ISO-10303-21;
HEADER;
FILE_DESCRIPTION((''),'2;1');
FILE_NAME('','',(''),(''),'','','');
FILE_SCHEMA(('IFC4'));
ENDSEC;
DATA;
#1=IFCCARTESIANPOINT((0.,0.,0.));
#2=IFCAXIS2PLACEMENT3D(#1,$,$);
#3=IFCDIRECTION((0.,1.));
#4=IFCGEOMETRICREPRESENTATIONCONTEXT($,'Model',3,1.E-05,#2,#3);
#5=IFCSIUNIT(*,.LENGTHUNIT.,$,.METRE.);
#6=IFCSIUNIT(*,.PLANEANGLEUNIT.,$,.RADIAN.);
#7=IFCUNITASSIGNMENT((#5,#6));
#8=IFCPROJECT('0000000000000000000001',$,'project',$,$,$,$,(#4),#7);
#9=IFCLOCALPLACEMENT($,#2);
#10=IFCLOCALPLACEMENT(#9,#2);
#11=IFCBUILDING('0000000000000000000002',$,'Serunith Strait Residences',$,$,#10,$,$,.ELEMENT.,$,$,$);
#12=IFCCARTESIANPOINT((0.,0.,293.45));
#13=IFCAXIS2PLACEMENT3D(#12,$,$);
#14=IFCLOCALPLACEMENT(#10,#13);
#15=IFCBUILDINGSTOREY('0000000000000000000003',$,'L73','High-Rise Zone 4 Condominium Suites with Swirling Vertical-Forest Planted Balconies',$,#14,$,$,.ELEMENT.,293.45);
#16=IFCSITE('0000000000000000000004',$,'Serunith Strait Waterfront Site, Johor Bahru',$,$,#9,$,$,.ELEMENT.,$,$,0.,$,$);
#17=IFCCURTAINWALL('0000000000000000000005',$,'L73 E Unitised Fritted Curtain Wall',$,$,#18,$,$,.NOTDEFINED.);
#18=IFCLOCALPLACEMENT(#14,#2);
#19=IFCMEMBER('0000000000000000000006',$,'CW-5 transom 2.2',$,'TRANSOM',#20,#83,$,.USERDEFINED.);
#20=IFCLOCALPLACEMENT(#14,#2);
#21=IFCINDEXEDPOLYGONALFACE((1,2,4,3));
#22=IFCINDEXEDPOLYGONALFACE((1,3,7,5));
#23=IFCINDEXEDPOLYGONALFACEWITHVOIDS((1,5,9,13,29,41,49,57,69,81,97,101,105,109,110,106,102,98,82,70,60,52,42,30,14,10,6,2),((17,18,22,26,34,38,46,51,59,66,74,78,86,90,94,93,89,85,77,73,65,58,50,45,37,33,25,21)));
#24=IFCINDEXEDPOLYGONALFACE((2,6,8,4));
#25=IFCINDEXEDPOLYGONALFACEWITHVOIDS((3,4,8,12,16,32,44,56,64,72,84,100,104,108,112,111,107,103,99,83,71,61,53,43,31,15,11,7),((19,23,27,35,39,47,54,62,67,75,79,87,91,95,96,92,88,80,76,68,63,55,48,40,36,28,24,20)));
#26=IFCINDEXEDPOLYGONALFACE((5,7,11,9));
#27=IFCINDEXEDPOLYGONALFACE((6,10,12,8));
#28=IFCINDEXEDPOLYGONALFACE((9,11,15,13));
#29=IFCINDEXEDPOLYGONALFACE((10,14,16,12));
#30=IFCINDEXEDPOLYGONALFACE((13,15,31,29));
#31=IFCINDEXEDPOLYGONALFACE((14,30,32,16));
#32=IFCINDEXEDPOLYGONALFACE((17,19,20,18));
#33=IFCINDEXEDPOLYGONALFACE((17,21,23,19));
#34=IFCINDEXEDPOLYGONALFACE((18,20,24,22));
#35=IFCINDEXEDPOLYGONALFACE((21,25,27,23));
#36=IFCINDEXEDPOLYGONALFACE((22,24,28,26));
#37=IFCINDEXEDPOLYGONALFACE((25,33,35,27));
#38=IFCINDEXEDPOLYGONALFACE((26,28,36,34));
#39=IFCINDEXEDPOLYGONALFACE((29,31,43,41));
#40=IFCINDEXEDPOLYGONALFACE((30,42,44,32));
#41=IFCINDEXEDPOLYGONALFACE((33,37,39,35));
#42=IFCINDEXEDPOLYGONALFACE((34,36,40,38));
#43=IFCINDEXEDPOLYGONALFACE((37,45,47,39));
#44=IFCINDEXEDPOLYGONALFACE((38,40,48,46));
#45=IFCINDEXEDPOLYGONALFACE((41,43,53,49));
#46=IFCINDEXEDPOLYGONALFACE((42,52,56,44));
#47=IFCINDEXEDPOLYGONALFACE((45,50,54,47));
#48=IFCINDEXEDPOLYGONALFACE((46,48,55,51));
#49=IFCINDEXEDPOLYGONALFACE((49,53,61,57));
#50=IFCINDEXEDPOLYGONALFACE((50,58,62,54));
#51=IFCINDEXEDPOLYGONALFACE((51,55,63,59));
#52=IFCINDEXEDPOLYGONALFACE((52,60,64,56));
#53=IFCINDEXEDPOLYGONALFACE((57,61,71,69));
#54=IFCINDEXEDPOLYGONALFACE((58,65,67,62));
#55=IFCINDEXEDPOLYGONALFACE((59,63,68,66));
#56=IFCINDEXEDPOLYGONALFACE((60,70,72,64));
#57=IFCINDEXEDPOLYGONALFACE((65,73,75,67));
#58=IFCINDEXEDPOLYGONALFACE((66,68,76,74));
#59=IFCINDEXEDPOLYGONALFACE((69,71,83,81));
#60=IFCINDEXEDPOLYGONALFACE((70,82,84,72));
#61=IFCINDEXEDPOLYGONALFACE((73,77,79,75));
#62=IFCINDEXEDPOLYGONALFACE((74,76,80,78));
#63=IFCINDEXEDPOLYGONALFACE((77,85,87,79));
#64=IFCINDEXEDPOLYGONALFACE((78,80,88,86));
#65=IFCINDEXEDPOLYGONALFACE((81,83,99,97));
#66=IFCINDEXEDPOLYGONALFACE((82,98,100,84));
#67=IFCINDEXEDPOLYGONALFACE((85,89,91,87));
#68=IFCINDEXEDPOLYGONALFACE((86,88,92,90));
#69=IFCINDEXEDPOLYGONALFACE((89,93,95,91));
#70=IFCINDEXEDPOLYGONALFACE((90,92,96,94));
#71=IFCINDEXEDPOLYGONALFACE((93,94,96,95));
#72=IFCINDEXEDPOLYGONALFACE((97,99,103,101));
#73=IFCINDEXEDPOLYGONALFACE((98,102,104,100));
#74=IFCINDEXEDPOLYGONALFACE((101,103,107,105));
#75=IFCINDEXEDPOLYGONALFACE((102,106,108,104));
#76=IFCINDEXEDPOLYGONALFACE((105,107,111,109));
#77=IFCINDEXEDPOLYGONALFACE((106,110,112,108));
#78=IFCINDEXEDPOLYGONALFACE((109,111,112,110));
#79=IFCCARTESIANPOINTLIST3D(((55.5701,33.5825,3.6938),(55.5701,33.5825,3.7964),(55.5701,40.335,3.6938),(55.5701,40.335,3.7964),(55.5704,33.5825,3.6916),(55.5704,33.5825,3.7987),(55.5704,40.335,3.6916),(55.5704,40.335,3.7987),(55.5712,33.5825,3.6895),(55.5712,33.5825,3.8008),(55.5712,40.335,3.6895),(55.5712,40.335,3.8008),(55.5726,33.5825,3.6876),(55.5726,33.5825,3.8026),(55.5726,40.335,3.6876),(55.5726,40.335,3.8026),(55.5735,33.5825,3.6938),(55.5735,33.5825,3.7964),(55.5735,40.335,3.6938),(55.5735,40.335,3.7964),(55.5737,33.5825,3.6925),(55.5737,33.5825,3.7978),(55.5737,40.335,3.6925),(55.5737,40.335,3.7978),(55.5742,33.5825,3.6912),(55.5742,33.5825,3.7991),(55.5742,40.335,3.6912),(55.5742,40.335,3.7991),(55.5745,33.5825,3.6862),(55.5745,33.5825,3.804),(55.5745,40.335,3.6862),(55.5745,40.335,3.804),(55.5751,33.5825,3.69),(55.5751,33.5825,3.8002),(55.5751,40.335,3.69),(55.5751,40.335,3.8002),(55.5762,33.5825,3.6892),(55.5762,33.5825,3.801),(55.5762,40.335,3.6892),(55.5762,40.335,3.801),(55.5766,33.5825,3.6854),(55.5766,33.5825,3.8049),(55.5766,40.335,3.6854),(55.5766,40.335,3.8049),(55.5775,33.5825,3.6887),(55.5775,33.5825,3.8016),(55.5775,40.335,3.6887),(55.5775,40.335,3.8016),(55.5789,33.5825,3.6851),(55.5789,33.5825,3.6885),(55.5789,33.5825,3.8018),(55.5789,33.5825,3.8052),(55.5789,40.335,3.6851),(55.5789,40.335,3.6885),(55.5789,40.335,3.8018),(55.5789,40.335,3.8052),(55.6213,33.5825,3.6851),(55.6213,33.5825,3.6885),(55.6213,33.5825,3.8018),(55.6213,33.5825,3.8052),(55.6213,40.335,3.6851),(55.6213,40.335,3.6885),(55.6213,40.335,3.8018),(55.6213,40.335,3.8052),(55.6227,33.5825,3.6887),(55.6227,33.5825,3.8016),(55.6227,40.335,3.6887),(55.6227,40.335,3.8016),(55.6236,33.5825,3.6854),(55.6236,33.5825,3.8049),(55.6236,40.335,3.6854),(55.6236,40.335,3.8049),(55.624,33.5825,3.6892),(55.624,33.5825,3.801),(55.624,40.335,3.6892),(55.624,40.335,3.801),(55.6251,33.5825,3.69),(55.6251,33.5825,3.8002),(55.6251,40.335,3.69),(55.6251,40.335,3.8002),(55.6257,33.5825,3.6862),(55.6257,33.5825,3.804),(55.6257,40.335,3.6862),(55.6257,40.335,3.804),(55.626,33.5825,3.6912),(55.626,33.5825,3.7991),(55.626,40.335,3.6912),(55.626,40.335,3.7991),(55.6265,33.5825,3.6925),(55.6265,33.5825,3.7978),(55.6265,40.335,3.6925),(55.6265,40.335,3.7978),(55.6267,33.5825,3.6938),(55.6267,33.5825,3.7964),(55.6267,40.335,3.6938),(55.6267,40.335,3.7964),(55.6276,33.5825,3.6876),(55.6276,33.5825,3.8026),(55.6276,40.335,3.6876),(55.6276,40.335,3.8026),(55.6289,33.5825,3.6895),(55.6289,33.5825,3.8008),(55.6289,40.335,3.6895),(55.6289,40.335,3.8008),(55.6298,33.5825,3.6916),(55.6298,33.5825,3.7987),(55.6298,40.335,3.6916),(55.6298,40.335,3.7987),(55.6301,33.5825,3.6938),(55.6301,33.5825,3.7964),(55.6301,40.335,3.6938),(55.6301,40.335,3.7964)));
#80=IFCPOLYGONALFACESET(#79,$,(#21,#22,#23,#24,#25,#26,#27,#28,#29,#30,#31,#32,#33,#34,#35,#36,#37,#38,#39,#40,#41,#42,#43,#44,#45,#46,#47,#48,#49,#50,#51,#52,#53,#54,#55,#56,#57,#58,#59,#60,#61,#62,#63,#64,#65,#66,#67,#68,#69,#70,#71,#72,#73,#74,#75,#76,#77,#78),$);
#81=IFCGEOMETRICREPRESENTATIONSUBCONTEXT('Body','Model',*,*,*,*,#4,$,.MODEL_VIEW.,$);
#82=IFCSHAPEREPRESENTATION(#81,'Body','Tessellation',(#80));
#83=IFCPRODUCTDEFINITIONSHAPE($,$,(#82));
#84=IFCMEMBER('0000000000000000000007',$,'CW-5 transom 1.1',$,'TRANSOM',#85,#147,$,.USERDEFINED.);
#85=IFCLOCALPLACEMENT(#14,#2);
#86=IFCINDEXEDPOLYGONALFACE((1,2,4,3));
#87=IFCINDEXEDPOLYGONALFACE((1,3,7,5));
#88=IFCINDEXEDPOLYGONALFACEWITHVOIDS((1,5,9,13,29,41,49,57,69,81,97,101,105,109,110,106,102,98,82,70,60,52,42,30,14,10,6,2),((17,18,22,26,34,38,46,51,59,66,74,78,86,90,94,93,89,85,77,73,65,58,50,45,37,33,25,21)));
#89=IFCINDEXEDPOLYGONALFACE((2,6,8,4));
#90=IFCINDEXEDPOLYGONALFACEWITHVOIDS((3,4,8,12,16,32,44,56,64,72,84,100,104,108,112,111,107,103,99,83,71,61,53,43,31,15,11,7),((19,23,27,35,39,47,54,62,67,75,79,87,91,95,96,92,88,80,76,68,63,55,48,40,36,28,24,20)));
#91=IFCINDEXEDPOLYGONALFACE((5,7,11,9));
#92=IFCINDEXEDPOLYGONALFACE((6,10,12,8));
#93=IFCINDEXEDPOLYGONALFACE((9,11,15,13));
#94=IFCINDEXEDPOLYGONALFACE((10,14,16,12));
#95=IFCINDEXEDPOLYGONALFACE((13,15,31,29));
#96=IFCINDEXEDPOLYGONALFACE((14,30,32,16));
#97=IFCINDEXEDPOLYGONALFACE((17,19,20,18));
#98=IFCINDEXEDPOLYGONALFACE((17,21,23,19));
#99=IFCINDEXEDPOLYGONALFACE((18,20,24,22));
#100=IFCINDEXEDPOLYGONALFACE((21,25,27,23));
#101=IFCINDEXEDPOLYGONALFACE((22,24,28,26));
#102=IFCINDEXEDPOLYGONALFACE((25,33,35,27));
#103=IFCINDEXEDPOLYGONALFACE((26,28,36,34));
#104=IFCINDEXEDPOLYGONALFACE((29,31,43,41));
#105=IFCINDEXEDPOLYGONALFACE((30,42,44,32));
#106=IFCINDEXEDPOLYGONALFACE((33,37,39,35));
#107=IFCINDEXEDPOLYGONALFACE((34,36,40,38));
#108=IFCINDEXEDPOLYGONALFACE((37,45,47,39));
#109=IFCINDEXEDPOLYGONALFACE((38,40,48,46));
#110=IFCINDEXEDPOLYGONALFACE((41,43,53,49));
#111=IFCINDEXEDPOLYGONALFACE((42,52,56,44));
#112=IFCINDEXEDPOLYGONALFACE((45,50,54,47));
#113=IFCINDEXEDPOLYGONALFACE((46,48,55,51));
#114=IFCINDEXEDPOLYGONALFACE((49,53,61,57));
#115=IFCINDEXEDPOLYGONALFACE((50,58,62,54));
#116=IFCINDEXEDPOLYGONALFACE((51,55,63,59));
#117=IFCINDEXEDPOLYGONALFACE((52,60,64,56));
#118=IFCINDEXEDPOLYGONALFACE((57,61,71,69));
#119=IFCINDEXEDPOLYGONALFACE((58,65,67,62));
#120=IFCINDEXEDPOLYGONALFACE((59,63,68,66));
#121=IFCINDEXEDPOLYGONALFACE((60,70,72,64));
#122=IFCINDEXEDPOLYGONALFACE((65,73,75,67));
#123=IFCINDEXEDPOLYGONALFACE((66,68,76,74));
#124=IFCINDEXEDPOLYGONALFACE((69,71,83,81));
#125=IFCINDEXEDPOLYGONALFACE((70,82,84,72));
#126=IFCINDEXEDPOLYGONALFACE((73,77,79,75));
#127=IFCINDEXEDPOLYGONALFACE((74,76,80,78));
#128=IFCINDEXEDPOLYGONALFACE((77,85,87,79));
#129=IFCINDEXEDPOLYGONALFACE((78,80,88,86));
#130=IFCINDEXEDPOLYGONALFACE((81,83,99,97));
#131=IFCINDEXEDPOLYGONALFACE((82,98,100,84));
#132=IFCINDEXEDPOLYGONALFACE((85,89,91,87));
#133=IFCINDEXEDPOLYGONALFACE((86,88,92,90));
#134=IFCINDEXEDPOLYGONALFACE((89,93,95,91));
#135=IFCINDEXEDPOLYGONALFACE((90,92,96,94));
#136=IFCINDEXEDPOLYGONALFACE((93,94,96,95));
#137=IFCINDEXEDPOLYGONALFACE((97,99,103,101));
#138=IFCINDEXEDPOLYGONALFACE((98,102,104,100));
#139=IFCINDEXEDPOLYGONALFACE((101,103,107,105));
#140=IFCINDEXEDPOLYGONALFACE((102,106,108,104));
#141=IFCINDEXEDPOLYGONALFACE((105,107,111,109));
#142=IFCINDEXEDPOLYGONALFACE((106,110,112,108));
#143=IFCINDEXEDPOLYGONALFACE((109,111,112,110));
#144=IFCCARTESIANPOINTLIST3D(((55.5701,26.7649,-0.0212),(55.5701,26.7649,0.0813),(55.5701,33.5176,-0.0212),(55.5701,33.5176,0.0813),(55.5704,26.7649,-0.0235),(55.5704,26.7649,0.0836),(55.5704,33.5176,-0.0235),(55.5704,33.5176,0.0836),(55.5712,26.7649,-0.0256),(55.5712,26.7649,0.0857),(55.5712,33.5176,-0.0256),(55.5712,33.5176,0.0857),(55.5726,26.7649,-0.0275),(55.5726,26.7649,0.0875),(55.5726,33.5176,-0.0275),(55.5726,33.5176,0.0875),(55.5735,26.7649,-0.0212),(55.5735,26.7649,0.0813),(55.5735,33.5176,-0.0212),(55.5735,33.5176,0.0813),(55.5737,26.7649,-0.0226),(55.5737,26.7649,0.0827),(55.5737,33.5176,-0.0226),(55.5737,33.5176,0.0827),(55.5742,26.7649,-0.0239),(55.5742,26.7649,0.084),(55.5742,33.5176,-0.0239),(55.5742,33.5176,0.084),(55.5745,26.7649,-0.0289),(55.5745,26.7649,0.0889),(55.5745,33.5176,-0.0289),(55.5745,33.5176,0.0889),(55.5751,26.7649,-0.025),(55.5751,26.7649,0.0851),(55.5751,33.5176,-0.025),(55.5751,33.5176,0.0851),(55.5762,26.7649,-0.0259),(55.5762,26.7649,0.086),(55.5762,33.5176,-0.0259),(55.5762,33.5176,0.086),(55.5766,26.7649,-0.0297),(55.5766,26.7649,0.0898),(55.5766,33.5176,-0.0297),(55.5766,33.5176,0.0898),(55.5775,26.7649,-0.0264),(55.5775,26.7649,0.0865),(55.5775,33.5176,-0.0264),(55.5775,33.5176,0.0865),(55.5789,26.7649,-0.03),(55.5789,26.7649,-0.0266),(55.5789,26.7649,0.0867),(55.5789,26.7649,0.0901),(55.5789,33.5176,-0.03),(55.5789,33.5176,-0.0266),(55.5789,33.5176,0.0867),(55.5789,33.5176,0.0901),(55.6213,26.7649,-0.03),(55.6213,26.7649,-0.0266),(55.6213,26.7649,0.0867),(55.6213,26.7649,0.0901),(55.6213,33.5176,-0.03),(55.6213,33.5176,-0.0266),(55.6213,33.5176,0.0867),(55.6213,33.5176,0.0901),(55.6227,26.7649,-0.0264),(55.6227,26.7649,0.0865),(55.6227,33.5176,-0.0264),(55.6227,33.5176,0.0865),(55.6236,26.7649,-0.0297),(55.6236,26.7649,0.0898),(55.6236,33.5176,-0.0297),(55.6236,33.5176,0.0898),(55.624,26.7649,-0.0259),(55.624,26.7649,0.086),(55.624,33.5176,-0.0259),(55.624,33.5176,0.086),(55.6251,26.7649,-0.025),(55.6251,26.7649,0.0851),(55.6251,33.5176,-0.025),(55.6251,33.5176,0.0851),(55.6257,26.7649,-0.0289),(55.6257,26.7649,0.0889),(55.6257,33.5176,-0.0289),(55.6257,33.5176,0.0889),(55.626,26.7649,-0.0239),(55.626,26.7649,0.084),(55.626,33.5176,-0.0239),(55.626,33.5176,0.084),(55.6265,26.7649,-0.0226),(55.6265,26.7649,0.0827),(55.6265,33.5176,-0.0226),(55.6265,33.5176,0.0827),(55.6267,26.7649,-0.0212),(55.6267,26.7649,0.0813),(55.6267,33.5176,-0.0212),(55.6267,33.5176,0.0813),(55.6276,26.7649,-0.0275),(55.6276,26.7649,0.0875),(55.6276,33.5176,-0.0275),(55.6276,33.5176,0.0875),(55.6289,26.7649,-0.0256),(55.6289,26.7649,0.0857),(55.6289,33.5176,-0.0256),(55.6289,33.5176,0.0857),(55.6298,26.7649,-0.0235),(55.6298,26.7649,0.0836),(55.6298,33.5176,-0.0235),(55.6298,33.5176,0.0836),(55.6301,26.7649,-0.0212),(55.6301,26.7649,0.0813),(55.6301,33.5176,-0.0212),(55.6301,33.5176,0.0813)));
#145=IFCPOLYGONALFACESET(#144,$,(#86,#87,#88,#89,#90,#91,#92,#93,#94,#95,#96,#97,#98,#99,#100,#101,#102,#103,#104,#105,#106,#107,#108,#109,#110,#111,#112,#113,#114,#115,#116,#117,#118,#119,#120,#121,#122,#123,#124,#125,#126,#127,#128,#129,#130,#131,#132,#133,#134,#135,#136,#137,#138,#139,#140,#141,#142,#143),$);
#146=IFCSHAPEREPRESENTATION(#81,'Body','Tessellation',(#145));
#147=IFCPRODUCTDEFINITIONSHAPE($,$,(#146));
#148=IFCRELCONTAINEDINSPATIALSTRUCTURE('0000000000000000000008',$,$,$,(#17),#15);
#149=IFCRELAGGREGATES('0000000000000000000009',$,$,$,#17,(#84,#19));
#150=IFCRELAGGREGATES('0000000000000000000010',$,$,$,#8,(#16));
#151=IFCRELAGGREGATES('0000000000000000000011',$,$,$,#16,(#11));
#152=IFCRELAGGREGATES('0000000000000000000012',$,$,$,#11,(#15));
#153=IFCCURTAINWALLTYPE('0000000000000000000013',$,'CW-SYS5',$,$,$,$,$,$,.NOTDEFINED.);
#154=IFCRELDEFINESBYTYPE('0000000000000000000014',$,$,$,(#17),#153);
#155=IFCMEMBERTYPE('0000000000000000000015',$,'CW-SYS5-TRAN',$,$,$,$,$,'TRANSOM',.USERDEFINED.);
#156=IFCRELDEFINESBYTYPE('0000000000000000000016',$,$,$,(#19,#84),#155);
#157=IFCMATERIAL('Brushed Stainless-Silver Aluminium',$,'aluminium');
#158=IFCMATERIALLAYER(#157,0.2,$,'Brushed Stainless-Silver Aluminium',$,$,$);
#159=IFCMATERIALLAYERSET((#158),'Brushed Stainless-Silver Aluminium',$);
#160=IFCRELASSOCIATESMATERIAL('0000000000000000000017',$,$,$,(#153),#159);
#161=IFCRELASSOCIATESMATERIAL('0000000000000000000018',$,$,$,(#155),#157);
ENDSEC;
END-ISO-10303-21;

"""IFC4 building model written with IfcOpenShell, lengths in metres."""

from ifc_helpers import new_model, si_unit, direction, frame, origin, origin_2d, place, context, subcontext, project, spatial, hollow_rectangle, extrude, source, transform, mapped, material, layer, layer_set, material_profile, profile_set, type_object, element, aggregate, save


model = new_model("IFC4")

# Units and contexts
model_context = context("Model", 3, precision=1e-05, world=origin(), true_north=direction((0.0, 1.0)))
body_context = subcontext(model_context, "Body", "Model", "MODEL_VIEW")
ifc_project = project(units=[si_unit("LENGTHUNIT", "METRE"), si_unit("PLANEANGLEUNIT", "RADIAN")], contexts=[model_context])

# Site, building, storey
site_placement = place(None, origin())
site = spatial("IfcSite", under=ifc_project, at=site_placement, Name="Serunith Strait Waterfront Site, Johor Bahru", CompositionType="ELEMENT", RefElevation=0.0)
building_placement = place(site_placement, origin())
building = spatial("IfcBuilding", under=site, at=building_placement, Name="Serunith Strait Residences", CompositionType="ELEMENT")
storey_placement = place(building_placement, frame((0.0, 0.0, 293.45)))
storey = spatial("IfcBuildingStorey", under=building, at=storey_placement, Name="L73", Description="High-Rise Zone 4 Condominium Suites with Swirling Vertical-Forest Planted Balconies", CompositionType="ELEMENT", Elevation=293.45)

# Shared definitions
ifc_material_1 = material(Name="Brushed Stainless-Silver Aluminium", Category="aluminium")
ifc_layer_1 = layer(ifc_material_1, 0.2, Name="Brushed Stainless-Silver Aluminium")
ifc_layer_set_1 = layer_set([ifc_layer_1], Name="Brushed Stainless-Silver Aluminium")
curtain_wall_type = type_object("IfcCurtainWallType", Name="CW-SYS5", PredefinedType="NOTDEFINED", material=ifc_layer_set_1)

# Curtain wall, members
curtain_wall_1_placement = place(storey_placement, origin())
curtain_wall_1 = element("IfcCurtainWall", 1, at=curtain_wall_1_placement, inside=storey, type_object=curtain_wall_type, Name="L73 E Unitised Fritted Curtain Wall", PredefinedType="NOTDEFINED")
ifc_material_profile_1 = material_profile(ifc_material_1, hollow_rectangle(XDim=0.0601, YDim=0.1201, WallThickness=0.0034, InnerFilletRadius=0.0054, OuterFilletRadius=0.0088, at=origin_2d()), Name="ALU 120x60x3.5")
ifc_profile_set_1 = profile_set([ifc_material_profile_1], Name="Brushed Stainless-Silver Aluminium")
member_type_1 = type_object("IfcMemberType", Name="CW-SYS5-TRAN", ElementType="TRANSOM", PredefinedType="USERDEFINED", material=ifc_profile_set_1)
shared_shape_1 = source(origin(), body_context, "Body", "SweptSolid", [
    extrude(hollow_rectangle(XDim=0.0601, YDim=0.1201, WallThickness=0.0034, InnerFilletRadius=0.0054, OuterFilletRadius=0.0088, at=origin_2d()), origin(), (0.0, 0.0, 1.0), 6.7524),
])
member_1_placement = place(storey_placement, frame((55.6001, 33.5825, 3.7451), z_axis=(0.0, 1.0, 0.0), x_axis=(-1.0, 0.0, 0.0)))
member_1 = element("IfcMember", 2, at=member_1_placement, type_object=member_type_1, Name="CW-5 transom 2.2", ObjectType="TRANSOM", PredefinedType="USERDEFINED", context=body_context, shape_type="MappedRepresentation", body=[
    mapped(shared_shape_1, transform((0.0, 0.0, 0.0), scale=1.0)),
])
shared_shape_2 = source(origin(), body_context, "Body", "SweptSolid", [
    extrude(hollow_rectangle(XDim=0.0601, YDim=0.1201, WallThickness=0.0034, InnerFilletRadius=0.0054, OuterFilletRadius=0.0088, at=origin_2d()), origin(), (0.0, 0.0, 1.0), 6.7527),
])
member_2_placement = place(storey_placement, frame((55.6001, 26.7649, 0.03), z_axis=(0.0, 1.0, 0.0), x_axis=(-1.0, 0.0, 0.0)))
member_2 = element("IfcMember", 3, at=member_2_placement, type_object=member_type_1, Name="CW-5 transom 1.1", ObjectType="TRANSOM", PredefinedType="USERDEFINED", context=body_context, shape_type="MappedRepresentation", body=[
    mapped(shared_shape_2, transform((0.0, 0.0, 0.0), scale=1.0)),
])
aggregate(curtain_wall_1, [member_2, member_1])

save(model, "model.ifc")
